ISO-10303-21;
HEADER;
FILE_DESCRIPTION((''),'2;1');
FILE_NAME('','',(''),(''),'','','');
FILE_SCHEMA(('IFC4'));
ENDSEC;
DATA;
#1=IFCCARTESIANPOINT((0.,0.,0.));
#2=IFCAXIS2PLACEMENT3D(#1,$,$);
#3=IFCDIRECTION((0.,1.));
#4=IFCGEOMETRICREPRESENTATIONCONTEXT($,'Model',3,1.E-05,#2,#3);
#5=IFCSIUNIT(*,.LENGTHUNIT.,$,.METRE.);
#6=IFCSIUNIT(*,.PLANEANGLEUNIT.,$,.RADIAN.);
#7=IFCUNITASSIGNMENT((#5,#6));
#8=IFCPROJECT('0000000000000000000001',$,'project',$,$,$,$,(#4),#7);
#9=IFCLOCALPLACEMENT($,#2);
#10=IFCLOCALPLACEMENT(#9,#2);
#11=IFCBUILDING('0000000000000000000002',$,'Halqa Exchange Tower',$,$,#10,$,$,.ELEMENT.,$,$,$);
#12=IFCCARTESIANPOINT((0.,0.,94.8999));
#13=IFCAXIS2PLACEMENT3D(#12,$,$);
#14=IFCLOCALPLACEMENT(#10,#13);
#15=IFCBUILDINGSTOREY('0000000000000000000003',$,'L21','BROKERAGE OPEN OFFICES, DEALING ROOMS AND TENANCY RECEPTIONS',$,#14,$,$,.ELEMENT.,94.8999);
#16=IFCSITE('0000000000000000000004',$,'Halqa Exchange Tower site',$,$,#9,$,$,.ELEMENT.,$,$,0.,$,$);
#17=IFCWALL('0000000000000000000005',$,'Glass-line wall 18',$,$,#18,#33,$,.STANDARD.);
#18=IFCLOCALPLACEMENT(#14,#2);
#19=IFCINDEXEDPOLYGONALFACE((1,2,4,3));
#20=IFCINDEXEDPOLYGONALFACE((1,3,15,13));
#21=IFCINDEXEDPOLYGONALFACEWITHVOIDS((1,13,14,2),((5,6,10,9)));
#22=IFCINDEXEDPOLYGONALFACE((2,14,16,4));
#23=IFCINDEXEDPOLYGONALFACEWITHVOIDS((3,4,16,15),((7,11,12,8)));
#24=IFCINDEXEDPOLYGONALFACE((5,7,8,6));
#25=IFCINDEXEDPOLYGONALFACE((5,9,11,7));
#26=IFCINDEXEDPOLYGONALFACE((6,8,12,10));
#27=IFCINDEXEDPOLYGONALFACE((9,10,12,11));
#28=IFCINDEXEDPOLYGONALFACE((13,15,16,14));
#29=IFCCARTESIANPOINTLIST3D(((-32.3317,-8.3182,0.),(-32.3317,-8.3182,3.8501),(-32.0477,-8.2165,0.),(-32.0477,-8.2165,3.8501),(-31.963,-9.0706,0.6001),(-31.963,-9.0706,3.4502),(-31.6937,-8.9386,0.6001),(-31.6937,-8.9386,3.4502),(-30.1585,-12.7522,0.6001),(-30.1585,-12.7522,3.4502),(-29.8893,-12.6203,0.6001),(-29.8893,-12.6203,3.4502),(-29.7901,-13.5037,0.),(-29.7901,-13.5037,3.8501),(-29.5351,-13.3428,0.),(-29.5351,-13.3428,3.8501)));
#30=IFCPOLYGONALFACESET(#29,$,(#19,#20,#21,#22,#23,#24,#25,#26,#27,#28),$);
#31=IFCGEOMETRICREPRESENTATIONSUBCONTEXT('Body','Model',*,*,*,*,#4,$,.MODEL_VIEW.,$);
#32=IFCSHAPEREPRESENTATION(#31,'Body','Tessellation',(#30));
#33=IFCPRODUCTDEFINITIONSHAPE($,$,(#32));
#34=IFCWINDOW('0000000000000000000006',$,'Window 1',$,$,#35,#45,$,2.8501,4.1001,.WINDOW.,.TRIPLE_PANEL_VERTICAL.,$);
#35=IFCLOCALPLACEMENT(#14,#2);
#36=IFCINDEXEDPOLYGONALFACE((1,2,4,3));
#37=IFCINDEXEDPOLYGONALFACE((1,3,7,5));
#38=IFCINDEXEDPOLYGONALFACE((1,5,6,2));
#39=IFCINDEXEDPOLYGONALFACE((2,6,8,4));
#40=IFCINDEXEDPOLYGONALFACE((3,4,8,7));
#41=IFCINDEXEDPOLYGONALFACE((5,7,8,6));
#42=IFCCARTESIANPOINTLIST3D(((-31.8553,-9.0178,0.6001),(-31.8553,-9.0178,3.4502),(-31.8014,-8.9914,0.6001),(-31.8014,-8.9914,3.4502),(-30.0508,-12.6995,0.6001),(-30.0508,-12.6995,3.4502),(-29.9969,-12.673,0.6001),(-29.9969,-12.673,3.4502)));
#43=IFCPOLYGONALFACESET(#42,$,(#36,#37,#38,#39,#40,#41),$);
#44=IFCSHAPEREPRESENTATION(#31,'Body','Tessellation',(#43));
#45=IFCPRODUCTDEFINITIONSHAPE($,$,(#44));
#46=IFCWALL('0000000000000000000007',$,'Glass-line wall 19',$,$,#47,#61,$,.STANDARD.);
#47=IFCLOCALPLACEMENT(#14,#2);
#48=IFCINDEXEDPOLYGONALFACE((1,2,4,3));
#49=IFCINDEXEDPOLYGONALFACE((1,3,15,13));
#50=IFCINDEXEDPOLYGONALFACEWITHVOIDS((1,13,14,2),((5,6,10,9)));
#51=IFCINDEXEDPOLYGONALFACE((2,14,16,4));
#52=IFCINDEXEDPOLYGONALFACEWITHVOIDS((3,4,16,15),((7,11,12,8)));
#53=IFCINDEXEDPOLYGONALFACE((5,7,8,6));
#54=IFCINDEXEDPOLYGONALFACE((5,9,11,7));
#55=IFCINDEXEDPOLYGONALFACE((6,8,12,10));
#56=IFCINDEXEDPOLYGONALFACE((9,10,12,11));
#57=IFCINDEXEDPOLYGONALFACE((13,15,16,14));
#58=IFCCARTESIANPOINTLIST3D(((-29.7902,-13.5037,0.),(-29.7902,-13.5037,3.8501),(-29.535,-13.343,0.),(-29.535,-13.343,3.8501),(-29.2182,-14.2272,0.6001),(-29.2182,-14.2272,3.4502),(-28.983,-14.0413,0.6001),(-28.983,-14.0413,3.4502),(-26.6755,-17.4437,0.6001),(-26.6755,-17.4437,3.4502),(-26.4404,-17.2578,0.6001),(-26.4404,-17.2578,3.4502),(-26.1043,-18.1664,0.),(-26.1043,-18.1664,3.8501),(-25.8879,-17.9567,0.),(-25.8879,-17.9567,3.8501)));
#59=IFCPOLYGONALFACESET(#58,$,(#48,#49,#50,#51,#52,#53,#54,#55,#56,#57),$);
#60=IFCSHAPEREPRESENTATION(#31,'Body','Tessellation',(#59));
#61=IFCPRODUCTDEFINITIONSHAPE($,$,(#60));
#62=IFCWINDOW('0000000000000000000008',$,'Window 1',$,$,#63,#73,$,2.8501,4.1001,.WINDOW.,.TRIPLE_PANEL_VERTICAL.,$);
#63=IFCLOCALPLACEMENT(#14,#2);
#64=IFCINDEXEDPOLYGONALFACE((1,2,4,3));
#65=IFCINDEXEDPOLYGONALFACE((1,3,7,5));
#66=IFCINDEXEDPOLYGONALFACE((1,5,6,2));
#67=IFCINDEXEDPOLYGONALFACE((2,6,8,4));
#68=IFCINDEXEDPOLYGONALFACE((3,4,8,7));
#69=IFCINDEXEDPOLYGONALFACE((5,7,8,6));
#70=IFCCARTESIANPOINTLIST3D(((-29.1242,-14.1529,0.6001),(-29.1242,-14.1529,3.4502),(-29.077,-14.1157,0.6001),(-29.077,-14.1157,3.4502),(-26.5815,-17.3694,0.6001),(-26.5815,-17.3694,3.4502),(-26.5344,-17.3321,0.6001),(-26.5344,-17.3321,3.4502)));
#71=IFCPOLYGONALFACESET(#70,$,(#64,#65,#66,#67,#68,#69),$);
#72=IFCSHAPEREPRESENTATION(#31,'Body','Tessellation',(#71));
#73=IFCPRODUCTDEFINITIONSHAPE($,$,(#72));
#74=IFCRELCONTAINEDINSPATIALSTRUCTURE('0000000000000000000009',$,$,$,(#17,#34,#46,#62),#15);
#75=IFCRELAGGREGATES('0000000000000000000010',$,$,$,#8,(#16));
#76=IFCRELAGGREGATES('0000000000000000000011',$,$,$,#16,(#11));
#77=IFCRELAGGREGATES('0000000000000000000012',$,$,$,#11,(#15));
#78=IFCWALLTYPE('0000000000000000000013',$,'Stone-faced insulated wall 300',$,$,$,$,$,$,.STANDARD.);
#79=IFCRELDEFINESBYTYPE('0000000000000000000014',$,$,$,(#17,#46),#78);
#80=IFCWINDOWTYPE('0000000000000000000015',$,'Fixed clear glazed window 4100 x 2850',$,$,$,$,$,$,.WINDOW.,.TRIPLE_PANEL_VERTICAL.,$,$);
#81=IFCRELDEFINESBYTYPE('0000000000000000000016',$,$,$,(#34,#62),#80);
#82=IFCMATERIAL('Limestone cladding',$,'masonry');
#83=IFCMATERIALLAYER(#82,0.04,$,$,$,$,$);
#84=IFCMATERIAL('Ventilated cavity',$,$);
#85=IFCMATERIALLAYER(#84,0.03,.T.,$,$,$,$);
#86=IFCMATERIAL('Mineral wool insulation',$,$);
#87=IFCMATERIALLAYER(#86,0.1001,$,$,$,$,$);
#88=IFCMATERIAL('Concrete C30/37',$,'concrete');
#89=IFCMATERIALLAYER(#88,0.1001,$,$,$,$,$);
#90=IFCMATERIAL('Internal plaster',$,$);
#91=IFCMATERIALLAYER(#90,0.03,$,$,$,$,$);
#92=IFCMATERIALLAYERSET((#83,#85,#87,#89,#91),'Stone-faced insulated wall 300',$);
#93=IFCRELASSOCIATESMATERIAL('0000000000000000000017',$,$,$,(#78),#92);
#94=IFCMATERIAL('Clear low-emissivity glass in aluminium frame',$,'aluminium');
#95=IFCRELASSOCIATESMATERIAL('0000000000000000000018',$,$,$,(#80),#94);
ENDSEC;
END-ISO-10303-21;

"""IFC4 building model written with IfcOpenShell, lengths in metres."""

from ifc_helpers import new_model, si_unit, direction, frame, frame_2d, origin, place, context, subcontext, project, spatial, polyline, rectangle, outline, extrude, material, layer, layer_set, type_object, element, fill, save


model = new_model("IFC4")

# Units and contexts
model_context = context("Model", 3, precision=1e-05, world=origin(), true_north=direction((0.0, 1.0)))
body_context = subcontext(model_context, "Body", "Model", "MODEL_VIEW")
ifc_project = project(units=[si_unit("LENGTHUNIT", "METRE"), si_unit("PLANEANGLEUNIT", "RADIAN")], contexts=[model_context])

# Site, building, storey
site_placement = place(None, origin())
site = spatial("IfcSite", under=ifc_project, at=site_placement, Name="Halqa Exchange Tower site", CompositionType="ELEMENT", RefElevation=0.0)
building_placement = place(site_placement, origin())
building = spatial("IfcBuilding", under=site, at=building_placement, Name="Halqa Exchange Tower", CompositionType="ELEMENT")
storey_placement = place(building_placement, frame((0.0, 0.0, 94.8999)))
storey = spatial("IfcBuildingStorey", under=building, at=storey_placement, Name="L21", Description="BROKERAGE OPEN OFFICES, DEALING ROOMS AND TENANCY RECEPTIONS", CompositionType="ELEMENT", Elevation=94.8999)

# Walls, openings, windows
ifc_material_1 = material(Name="Limestone cladding", Category="masonry")
ifc_layer_1 = layer(ifc_material_1, 0.04)
ifc_material_2 = material(Name="Ventilated cavity")
ifc_layer_2 = layer(ifc_material_2, 0.03, ventilated=True)
ifc_material_3 = material(Name="Mineral wool insulation")
ifc_layer_3 = layer(ifc_material_3, 0.1001)
ifc_material_4 = material(Name="Concrete C30/37", Category="concrete")
ifc_layer_4 = layer(ifc_material_4, 0.1001)
ifc_material_5 = material(Name="Internal plaster")
ifc_layer_5 = layer(ifc_material_5, 0.03)
ifc_layer_set_1 = layer_set([ifc_layer_1, ifc_layer_2, ifc_layer_3, ifc_layer_4, ifc_layer_5], Name="Stone-faced insulated wall 300")
wall_type_1 = type_object("IfcWallType", Name="Stone-faced insulated wall 300", PredefinedType="STANDARD", material=ifc_layer_set_1)
ifc_material_6 = material(Name="Clear low-emissivity glass in aluminium frame", Category="aluminium")
window_type = type_object("IfcWindowType", Name="Fixed clear glazed window 4100 x 2850", PartitioningType="TRIPLE_PANEL_VERTICAL", PredefinedType="WINDOW", material=ifc_material_6)
wall_1_placement = place(storey_placement, frame((-32.1897, -8.2673, 0.0), z_axis=(0.0, 0.0, 1.0), x_axis=(0.440107, -0.897945, 0.0)))
wall_1 = element("IfcWall", 1, at=wall_1_placement, inside=storey, type_object=wall_type_1, Name="Glass-line wall 18", PredefinedType="STANDARD", context=body_context, shape_type="SweptSolid", body=[
    extrude(outline(polyline([(-0.0168, -0.1499), (5.7581, -0.1499), (5.7258, 0.1499), (0.0168, 0.1499), (-0.0168, -0.1499)])), origin(), (0.0, 0.0, 1.0), 3.8501),
])
opening_1_placement = place(wall_1_placement, frame((0.821, 0.0, 0.6001)))
opening_1 = element("IfcOpeningElement", 2, at=opening_1_placement, cuts=wall_1, PredefinedType="OPENING", context=body_context, shape_type="SweptSolid", body=[
    extrude(rectangle(XDim=4.1001, YDim=2.8501, at=frame_2d((2.05, 1.425))), frame((0.0, 0.1621, 0.0), z_axis=(0.0, -1.0, 0.0), x_axis=(1.0, 0.0, 0.0)), (0.0, 0.0, 1.0), 0.324),
])
window_1_placement = place(opening_1_placement, origin())
window_1 = element("IfcWindow", 3, at=window_1_placement, inside=storey, type_object=window_type, Name="Window 1", OverallHeight=2.8501, OverallWidth=4.1001, PartitioningType="TRIPLE_PANEL_VERTICAL", PredefinedType="WINDOW", context=body_context, shape_type="SweptSolid", body=[
    extrude(rectangle(XDim=4.1001, YDim=2.8501, at=frame_2d((2.05, 1.425))), frame((0.0, 0.03, 0.0), z_axis=(0.0, -1.0, 0.0), x_axis=(1.0, 0.0, 0.0)), (0.0, 0.0, 1.0), 0.0601),
])
fill(opening_1, window_1)
wall_2_placement = place(storey_placement, frame((-29.6626, -13.4233, 0.0), z_axis=(0.0, 0.0, 1.0), x_axis=(0.620142, -0.784489, 0.0)))
wall_2 = element("IfcWall", 4, at=wall_2_placement, inside=storey, type_object=wall_type_1, Name="Glass-line wall 19", PredefinedType="STANDARD", context=body_context, shape_type="SweptSolid", body=[
    extrude(outline(polyline([(-0.0161, -0.1499), (5.9275, -0.1499), (5.8972, 0.1499), (0.0161, 0.1499), (-0.0161, -0.1499)])), origin(), (0.0, 0.0, 1.0), 3.8501),
])
opening_2_placement = place(wall_2_placement, frame((0.9062, 0.0, 0.6001)))
opening_2 = element("IfcOpeningElement", 5, at=opening_2_placement, cuts=wall_2, PredefinedType="OPENING", context=body_context, shape_type="SweptSolid", body=[
    extrude(rectangle(XDim=4.1001, YDim=2.8501, at=frame_2d((2.05, 1.425))), frame((0.0, 0.1621, 0.0), z_axis=(0.0, -1.0, 0.0), x_axis=(1.0, 0.0, 0.0)), (0.0, 0.0, 1.0), 0.324),
])
window_2_placement = place(opening_2_placement, origin())
window_2 = element("IfcWindow", 6, at=window_2_placement, inside=storey, type_object=window_type, Name="Window 1", OverallHeight=2.8501, OverallWidth=4.1001, PartitioningType="TRIPLE_PANEL_VERTICAL", PredefinedType="WINDOW", context=body_context, shape_type="SweptSolid", body=[
    extrude(rectangle(XDim=4.1001, YDim=2.8501, at=frame_2d((2.05, 1.425))), frame((0.0, 0.03, 0.0), z_axis=(0.0, -1.0, 0.0), x_axis=(1.0, 0.0, 0.0)), (0.0, 0.0, 1.0), 0.0601),
])
fill(opening_2, window_2)

save(model, "model.ifc")
